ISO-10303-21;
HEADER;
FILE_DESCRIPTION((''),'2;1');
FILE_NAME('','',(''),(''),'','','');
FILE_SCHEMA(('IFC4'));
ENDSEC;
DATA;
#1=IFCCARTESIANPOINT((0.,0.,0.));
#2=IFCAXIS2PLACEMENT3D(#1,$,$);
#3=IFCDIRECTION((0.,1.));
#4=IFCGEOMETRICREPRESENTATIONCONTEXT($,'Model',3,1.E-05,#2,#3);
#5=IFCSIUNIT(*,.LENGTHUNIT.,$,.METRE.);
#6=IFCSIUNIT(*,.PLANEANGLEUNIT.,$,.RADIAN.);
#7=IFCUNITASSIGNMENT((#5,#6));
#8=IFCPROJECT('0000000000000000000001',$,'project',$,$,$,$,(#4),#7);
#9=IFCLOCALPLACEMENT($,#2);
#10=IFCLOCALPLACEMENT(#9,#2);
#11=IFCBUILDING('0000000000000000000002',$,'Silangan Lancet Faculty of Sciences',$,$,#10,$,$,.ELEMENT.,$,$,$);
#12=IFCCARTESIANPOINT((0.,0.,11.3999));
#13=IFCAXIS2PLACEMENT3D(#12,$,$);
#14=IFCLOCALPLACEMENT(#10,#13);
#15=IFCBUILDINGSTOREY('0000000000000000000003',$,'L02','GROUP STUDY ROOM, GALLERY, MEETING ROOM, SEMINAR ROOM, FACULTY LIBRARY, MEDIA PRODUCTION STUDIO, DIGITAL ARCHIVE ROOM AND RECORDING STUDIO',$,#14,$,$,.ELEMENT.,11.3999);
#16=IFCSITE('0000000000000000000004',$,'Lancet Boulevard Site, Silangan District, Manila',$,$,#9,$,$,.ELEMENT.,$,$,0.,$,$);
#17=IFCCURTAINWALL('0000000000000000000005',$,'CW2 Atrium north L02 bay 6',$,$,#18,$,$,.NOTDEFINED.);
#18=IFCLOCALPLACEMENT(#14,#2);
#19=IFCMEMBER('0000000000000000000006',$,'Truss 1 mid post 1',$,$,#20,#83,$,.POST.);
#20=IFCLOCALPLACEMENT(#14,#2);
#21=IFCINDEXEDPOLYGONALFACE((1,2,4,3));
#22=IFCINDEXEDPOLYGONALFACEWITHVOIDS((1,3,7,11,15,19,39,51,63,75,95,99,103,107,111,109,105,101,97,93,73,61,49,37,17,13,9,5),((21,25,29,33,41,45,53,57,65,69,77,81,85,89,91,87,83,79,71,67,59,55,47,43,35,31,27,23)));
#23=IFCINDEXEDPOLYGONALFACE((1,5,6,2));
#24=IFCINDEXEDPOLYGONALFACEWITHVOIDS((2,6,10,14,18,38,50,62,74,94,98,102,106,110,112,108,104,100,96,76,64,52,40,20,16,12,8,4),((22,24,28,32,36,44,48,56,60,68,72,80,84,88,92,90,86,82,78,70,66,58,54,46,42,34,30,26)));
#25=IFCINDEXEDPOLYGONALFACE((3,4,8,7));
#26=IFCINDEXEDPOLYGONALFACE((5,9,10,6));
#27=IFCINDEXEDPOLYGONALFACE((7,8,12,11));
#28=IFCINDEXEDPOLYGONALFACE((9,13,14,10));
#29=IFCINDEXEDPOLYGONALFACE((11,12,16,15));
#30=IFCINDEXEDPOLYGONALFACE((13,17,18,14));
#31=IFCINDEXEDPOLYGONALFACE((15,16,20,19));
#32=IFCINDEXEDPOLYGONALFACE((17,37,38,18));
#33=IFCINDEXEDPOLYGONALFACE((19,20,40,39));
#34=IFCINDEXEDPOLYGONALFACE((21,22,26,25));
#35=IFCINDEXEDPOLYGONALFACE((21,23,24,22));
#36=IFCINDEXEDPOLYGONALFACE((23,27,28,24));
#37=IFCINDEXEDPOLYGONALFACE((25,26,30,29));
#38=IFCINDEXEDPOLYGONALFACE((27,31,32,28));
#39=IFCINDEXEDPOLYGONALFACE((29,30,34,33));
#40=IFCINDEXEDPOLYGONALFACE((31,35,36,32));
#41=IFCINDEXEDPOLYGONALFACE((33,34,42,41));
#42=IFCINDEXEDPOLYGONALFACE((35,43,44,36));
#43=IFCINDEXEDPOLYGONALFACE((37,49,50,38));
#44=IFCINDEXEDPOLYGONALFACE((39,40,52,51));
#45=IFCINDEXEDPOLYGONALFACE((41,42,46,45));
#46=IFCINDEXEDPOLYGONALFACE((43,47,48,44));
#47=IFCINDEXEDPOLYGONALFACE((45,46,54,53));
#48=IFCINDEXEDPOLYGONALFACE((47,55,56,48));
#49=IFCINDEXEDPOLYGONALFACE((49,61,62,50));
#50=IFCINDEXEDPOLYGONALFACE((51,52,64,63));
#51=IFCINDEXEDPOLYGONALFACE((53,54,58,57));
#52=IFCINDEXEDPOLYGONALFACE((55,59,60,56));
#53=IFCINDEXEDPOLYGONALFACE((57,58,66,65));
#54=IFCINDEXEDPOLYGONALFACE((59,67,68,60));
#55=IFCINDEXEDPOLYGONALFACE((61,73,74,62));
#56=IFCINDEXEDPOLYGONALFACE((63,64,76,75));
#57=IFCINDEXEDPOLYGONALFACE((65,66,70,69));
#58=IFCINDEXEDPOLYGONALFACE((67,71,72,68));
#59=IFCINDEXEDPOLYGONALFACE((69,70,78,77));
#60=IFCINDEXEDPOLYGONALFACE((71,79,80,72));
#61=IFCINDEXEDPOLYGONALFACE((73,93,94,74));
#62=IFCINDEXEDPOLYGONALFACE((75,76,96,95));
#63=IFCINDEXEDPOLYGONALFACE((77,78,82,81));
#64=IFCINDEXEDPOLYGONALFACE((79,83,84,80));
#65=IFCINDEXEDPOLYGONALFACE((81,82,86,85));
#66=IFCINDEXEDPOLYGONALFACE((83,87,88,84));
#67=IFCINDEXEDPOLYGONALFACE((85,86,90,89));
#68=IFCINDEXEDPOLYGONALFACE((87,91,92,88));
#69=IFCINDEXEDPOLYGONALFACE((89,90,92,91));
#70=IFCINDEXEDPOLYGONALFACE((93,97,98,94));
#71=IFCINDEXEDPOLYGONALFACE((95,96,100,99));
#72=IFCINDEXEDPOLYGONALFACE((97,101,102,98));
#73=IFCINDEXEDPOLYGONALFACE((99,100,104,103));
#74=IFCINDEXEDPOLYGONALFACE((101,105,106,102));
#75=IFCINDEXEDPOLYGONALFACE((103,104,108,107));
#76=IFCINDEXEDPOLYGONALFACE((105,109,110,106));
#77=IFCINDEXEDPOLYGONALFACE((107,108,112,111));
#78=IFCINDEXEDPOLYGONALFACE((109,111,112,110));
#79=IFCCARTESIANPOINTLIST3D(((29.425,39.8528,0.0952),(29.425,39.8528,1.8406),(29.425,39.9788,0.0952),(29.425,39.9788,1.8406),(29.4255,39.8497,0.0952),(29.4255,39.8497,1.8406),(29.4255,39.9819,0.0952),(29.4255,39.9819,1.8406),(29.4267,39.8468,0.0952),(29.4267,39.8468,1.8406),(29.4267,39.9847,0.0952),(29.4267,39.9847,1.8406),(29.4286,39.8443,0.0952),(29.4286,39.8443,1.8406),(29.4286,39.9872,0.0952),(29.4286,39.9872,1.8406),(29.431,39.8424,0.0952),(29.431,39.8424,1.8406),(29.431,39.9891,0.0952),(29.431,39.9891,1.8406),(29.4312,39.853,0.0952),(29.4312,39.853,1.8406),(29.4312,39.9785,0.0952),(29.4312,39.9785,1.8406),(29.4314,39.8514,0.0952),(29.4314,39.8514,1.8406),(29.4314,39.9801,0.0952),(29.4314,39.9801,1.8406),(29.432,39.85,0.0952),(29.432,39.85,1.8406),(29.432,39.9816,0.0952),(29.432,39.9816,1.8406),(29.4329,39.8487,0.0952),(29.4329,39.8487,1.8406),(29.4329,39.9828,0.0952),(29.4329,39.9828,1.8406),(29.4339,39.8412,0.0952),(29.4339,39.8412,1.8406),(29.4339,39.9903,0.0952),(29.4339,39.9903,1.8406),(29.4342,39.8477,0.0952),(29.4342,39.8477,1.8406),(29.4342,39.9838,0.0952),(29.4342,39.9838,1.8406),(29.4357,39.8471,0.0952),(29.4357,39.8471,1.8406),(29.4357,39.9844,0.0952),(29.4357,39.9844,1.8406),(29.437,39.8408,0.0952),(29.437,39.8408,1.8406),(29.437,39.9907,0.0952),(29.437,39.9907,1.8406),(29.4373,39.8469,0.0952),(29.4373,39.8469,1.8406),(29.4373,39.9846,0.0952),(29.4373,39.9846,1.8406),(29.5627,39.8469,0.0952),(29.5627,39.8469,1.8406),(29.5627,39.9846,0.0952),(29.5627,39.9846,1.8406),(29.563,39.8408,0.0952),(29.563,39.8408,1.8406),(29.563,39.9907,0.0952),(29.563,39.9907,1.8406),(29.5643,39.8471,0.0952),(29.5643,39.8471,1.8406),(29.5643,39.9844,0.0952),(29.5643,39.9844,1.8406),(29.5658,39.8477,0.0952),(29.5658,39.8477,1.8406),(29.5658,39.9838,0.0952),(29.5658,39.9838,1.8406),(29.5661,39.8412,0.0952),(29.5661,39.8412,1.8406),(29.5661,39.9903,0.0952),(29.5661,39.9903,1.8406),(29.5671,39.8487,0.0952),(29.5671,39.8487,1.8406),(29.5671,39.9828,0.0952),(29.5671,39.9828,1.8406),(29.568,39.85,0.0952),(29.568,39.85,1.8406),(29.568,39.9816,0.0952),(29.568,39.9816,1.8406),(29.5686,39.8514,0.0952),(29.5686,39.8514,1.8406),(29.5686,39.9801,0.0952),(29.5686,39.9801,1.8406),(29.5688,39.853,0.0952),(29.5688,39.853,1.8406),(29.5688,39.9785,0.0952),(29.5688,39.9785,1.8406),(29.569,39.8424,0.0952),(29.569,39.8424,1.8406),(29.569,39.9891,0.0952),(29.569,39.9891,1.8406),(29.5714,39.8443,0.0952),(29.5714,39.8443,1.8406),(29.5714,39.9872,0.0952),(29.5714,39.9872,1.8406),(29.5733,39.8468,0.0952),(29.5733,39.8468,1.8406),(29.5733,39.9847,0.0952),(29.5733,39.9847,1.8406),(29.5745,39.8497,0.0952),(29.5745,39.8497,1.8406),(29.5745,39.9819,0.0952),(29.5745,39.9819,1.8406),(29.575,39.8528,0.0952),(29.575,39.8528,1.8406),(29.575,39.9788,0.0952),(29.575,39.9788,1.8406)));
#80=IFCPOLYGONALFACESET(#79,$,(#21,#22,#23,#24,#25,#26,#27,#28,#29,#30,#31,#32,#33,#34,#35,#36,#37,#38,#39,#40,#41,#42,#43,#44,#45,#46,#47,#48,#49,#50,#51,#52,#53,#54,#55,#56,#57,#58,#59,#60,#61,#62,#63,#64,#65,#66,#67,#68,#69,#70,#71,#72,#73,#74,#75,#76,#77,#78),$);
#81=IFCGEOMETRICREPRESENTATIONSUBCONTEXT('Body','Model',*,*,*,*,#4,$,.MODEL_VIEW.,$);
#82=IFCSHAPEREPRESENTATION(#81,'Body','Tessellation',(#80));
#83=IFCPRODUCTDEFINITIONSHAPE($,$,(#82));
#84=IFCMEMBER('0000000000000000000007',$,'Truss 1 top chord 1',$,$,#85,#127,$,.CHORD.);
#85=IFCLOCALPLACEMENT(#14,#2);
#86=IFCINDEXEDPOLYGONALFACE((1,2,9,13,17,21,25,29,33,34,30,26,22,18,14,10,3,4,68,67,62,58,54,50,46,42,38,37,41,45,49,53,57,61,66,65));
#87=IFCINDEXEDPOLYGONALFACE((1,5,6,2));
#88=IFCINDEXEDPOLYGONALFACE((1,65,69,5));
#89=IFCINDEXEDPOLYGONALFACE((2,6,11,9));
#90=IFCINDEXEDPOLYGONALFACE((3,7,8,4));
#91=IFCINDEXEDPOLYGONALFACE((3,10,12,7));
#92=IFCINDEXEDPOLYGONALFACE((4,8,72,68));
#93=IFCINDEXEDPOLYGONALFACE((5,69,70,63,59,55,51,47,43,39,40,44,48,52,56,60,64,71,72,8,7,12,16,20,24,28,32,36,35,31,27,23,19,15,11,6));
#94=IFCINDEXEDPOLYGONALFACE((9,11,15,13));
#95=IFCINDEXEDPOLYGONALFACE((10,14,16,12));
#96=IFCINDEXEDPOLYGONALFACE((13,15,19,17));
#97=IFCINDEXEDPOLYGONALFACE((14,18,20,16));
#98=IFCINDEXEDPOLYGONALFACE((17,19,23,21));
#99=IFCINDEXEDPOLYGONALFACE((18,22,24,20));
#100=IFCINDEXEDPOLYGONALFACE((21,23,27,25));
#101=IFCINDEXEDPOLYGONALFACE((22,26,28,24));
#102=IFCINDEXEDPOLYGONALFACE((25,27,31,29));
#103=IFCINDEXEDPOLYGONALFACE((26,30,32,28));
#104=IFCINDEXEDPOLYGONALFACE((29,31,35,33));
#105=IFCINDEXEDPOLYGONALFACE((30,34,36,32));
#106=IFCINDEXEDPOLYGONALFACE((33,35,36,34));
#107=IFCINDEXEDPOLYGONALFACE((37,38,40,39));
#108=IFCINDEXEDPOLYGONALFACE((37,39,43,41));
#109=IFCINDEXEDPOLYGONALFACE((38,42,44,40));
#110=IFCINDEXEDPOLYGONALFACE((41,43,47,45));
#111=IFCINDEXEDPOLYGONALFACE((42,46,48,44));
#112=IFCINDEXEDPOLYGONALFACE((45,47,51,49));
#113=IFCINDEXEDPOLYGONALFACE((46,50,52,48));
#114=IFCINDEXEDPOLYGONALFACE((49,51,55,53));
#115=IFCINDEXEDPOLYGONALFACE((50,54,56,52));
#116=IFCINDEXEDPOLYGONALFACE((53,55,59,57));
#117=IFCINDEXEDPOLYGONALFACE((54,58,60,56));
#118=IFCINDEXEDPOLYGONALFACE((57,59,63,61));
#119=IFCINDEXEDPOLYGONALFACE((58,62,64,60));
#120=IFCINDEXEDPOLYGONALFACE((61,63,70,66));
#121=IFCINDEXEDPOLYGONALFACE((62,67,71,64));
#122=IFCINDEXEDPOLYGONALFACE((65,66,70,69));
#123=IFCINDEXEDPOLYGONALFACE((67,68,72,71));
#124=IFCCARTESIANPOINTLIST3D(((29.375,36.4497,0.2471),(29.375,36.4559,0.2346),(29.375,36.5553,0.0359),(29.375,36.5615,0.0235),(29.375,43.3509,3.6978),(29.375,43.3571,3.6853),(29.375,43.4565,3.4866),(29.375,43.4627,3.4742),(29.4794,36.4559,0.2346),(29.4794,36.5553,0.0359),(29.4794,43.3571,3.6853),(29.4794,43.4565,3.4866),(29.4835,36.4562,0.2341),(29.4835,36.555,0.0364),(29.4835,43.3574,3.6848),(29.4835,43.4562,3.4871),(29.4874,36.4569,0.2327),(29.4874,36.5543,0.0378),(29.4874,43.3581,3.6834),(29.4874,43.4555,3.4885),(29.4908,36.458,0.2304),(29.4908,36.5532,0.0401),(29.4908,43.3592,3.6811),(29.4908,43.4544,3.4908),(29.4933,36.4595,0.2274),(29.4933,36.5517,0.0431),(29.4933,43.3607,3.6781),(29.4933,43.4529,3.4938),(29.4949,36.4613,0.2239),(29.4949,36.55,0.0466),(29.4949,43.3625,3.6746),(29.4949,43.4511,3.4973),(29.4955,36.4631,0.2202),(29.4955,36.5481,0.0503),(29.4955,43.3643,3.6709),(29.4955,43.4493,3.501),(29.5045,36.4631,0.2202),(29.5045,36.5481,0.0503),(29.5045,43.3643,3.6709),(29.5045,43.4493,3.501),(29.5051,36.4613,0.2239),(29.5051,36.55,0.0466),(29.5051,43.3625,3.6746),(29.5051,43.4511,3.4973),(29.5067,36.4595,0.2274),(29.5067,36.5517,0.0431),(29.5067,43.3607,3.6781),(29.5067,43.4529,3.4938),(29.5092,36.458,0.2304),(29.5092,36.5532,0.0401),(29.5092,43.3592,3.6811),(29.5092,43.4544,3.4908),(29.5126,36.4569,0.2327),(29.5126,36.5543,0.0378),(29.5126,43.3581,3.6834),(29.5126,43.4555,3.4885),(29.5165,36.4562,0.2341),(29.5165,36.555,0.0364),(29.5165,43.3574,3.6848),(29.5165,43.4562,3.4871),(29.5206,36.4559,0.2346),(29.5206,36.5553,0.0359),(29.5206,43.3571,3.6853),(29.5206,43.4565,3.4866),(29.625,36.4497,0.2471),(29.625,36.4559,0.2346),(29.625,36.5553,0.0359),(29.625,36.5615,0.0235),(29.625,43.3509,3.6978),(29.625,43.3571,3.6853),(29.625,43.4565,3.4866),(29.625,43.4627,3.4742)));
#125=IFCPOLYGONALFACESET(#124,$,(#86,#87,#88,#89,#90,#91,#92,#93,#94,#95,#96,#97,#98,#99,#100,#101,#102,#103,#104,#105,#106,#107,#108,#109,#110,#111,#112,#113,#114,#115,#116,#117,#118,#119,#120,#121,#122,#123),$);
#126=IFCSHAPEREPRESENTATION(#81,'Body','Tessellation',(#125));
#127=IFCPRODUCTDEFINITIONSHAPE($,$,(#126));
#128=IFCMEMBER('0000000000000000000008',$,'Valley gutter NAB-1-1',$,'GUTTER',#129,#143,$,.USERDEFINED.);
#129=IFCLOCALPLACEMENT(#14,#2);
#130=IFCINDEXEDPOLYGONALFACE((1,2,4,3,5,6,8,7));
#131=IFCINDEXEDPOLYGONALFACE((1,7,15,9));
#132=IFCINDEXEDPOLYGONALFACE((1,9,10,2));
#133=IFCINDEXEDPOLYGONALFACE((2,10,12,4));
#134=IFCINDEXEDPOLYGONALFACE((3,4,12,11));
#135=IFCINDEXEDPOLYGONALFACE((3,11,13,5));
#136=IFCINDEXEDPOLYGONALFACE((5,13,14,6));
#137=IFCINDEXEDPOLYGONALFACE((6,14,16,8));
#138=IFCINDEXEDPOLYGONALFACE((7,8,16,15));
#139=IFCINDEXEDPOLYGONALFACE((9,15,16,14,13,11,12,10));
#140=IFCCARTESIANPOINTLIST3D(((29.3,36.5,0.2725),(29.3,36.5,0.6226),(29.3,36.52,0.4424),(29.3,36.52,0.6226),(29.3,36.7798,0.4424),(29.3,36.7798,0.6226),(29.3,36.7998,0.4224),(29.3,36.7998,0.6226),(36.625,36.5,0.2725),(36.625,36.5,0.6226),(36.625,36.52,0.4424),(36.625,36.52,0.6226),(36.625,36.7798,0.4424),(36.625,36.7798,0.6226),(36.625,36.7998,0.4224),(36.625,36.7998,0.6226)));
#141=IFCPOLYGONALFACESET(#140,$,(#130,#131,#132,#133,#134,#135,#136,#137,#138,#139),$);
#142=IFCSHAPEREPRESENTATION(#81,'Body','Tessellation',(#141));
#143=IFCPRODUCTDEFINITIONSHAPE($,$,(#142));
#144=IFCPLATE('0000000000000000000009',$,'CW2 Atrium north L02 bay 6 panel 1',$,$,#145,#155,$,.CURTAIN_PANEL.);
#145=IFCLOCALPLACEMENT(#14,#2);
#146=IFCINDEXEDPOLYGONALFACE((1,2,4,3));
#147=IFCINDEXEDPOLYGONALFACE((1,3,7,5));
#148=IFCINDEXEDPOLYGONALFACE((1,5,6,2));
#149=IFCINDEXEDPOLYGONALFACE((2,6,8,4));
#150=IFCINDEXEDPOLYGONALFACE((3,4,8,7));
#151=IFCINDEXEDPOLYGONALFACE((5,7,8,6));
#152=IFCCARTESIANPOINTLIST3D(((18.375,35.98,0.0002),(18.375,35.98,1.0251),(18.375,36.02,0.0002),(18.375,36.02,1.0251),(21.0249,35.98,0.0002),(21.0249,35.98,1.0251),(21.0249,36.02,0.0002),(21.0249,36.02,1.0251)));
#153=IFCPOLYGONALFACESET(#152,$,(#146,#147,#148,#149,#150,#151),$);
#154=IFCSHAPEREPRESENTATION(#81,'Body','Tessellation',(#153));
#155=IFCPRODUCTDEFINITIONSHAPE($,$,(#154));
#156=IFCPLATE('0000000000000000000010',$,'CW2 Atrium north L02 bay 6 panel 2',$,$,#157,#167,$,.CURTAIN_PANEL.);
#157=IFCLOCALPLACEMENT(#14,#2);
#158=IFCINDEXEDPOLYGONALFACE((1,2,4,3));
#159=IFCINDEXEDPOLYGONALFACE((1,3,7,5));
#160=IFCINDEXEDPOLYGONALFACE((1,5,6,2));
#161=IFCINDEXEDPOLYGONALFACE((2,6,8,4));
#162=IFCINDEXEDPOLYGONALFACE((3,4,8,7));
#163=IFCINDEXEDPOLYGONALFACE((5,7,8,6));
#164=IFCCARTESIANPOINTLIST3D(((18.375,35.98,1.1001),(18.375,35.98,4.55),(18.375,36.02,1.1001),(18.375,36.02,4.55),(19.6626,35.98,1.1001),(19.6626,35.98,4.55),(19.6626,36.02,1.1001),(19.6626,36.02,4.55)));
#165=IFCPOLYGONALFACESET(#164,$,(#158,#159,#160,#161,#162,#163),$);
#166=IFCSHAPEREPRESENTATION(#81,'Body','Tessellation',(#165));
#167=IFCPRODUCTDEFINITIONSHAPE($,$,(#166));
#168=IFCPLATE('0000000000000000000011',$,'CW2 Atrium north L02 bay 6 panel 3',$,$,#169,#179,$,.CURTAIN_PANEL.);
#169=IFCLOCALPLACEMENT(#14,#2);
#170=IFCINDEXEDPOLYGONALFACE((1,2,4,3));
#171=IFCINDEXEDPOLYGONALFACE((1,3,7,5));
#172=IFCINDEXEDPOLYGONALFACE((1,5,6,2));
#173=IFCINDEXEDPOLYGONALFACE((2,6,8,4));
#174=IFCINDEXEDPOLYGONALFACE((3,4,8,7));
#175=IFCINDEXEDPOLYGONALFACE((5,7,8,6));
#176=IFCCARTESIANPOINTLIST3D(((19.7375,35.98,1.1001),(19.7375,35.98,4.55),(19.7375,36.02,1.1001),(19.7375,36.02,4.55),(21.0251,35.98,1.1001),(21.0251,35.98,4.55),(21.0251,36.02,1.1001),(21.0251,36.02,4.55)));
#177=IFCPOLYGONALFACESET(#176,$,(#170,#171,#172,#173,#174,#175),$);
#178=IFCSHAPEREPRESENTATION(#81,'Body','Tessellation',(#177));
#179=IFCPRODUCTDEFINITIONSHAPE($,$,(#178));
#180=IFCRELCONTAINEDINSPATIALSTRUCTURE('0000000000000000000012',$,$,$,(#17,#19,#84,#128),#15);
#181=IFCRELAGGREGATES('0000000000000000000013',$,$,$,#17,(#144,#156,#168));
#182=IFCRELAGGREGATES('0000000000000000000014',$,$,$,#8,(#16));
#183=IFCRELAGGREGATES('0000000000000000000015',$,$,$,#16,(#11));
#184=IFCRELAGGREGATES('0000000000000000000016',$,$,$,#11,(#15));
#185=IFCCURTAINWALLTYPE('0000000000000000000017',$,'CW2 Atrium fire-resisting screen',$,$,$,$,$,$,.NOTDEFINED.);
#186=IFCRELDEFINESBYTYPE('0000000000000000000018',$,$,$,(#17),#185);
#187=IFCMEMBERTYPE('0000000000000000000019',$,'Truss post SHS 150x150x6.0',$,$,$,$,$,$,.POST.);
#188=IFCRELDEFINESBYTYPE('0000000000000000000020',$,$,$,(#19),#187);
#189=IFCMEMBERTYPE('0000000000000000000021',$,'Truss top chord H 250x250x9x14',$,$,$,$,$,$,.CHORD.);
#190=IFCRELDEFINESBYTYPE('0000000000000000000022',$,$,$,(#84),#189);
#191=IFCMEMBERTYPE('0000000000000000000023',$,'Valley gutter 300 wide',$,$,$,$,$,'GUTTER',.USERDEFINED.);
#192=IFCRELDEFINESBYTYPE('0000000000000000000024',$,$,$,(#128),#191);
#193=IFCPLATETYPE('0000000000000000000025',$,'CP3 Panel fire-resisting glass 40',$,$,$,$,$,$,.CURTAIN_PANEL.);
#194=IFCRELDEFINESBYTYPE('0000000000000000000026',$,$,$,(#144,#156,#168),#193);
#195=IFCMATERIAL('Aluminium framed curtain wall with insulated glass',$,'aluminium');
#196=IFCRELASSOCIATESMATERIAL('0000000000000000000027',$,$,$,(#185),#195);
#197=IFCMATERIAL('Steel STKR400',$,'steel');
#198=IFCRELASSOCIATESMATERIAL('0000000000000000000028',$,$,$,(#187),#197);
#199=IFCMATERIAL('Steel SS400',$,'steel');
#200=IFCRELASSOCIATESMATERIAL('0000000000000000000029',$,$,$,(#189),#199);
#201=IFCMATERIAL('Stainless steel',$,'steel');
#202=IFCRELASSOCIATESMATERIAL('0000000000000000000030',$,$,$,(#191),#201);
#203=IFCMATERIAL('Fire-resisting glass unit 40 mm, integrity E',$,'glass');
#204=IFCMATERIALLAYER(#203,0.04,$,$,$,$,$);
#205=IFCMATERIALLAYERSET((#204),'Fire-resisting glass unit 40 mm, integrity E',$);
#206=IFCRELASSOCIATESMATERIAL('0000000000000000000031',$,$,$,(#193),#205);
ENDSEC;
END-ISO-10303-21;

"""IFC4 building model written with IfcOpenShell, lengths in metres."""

from ifc_helpers import new_model, si_unit, direction, frame, origin, origin_2d, place, context, subcontext, project, spatial, polyline, rectangle, hollow_rectangle, i_section, outline, extrude, material, layer, layer_set, material_profile, profile_set, type_object, element, aggregate, save


model = new_model("IFC4")

# Units and contexts
model_context = context("Model", 3, precision=1e-05, world=origin(), true_north=direction((0.0, 1.0)))
body_context = subcontext(model_context, "Body", "Model", "MODEL_VIEW")
ifc_project = project(units=[si_unit("LENGTHUNIT", "METRE"), si_unit("PLANEANGLEUNIT", "RADIAN")], contexts=[model_context])

# Site, building, storey
site_placement = place(None, origin())
site = spatial("IfcSite", under=ifc_project, at=site_placement, Name="Lancet Boulevard Site, Silangan District, Manila", CompositionType="ELEMENT", RefElevation=0.0)
building_placement = place(site_placement, origin())
building = spatial("IfcBuilding", under=site, at=building_placement, Name="Silangan Lancet Faculty of Sciences", CompositionType="ELEMENT")
storey_placement = place(building_placement, frame((0.0, 0.0, 11.3999)))
storey = spatial("IfcBuildingStorey", under=building, at=storey_placement, Name="L02", Description="GROUP STUDY ROOM, GALLERY, MEETING ROOM, SEMINAR ROOM, FACULTY LIBRARY, MEDIA PRODUCTION STUDIO, DIGITAL ARCHIVE ROOM AND RECORDING STUDIO", CompositionType="ELEMENT", Elevation=11.3999)

# Curtain wall
ifc_material_1 = material(Name="Aluminium framed curtain wall with insulated glass", Category="aluminium")
curtain_wall_type_1 = type_object("IfcCurtainWallType", Name="CW2 Atrium fire-resisting screen", PredefinedType="NOTDEFINED", material=ifc_material_1)
curtain_wall_1_placement = place(storey_placement, origin())
curtain_wall_1 = element("IfcCurtainWall", 1, at=curtain_wall_1_placement, inside=storey, type_object=curtain_wall_type_1, Name="CW2 Atrium north L02 bay 6", PredefinedType="NOTDEFINED")

# Members
ifc_material_2 = material(Name="Steel STKR400", Category="steel")
ifc_material_profile_1 = material_profile(ifc_material_2, hollow_rectangle(XDim=0.1499, YDim=0.1499, WallThickness=0.0061, InnerFilletRadius=0.0061, OuterFilletRadius=0.012, at=origin_2d()), Name="SHS 150x150x6.0")
ifc_profile_set_1 = profile_set([ifc_material_profile_1], Name="Steel STKR400")
member_type_1 = type_object("IfcMemberType", Name="Truss post SHS 150x150x6.0", PredefinedType="POST", material=ifc_profile_set_1)
member_1_placement = place(storey_placement, frame((29.5, 39.9158, 0.0952), z_axis=(0.0, 0.0, 1.0), x_axis=(1.0, 0.0, 0.0)))
element("IfcMember", 2, at=member_1_placement, inside=storey, type_object=member_type_1, Name="Truss 1 mid post 1", PredefinedType="POST", context=body_context, shape_type="SweptSolid", body=[
    extrude(hollow_rectangle(XDim=0.1499, YDim=0.1499, WallThickness=0.0061, InnerFilletRadius=0.0061, OuterFilletRadius=0.012, at=origin_2d()), origin(), (0.0, 0.0, 1.0), 1.7454),
])
ifc_material_3 = material(Name="Steel SS400", Category="steel")
ifc_material_profile_2 = material_profile(ifc_material_3, i_section(OverallWidth=0.25, OverallDepth=0.25, WebThickness=0.009, FlangeThickness=0.0139, FilletRadius=0.0161, at=origin_2d()), Name="H 250x250x9x14")
ifc_profile_set_2 = profile_set([ifc_material_profile_2], Name="Steel SS400")
member_type_2 = type_object("IfcMemberType", Name="Truss top chord H 250x250x9x14", PredefinedType="CHORD", material=ifc_profile_set_2)
member_2_placement = place(storey_placement, frame((29.5, 36.5056, 0.1353), z_axis=(0.0, 0.894421, 0.447226), x_axis=(-1.0, 0.0, 0.0)))
element("IfcMember", 3, at=member_2_placement, inside=storey, type_object=member_type_2, Name="Truss 1 top chord 1", PredefinedType="CHORD", context=body_context, shape_type="SweptSolid", body=[
    extrude(i_section(OverallWidth=0.25, OverallDepth=0.25, WebThickness=0.009, FlangeThickness=0.0139, FilletRadius=0.0161, at=origin_2d()), origin(), (0.0, 0.0, 1.0), 7.7158),
])
ifc_material_4 = material(Name="Stainless steel", Category="steel")
ifc_material_profile_3 = material_profile(ifc_material_4, outline(polyline([(-0.1499, 0.0), (0.1499, 0.1499), (0.1499, 0.3501), (0.1299, 0.3501), (0.1299, 0.1699), (-0.1299, 0.1699), (-0.1299, 0.3501), (-0.1499, 0.3501), (-0.1499, 0.0)])), Name="valley gutter")
ifc_profile_set_3 = profile_set([ifc_material_profile_3], Name="Stainless steel")
member_type_3 = type_object("IfcMemberType", Name="Valley gutter 300 wide", ElementType="GUTTER", PredefinedType="USERDEFINED", material=ifc_profile_set_3)
member_3_placement = place(storey_placement, frame((29.3, 36.6499, 0.2725), z_axis=(1.0, 0.0, 0.0), x_axis=(0.0, 1.0, 0.0)))
element("IfcMember", 4, at=member_3_placement, inside=storey, type_object=member_type_3, Name="Valley gutter NAB-1-1", ObjectType="GUTTER", PredefinedType="USERDEFINED", context=body_context, shape_type="SweptSolid", body=[
    extrude(outline(polyline([(-0.1499, 0.0), (0.1499, 0.1499), (0.1499, 0.3501), (0.1299, 0.3501), (0.1299, 0.1699), (-0.1299, 0.1699), (-0.1299, 0.3501), (-0.1499, 0.3501), (-0.1499, 0.0)])), origin(), (0.0, 0.0, 1.0), 7.325),
])

# Plates
ifc_material_5 = material(Name="Fire-resisting glass unit 40 mm, integrity E", Category="glass")
ifc_layer_1 = layer(ifc_material_5, 0.04)
ifc_layer_set_1 = layer_set([ifc_layer_1], Name="Fire-resisting glass unit 40 mm, integrity E")
plate_type = type_object("IfcPlateType", Name="CP3 Panel fire-resisting glass 40", PredefinedType="CURTAIN_PANEL", material=ifc_layer_set_1)
plate_1_placement = place(storey_placement, frame((19.7, 36.0, 0.0002), z_axis=(0.0, 0.0, 1.0), x_axis=(1.0, 0.0, 0.0)))
plate_1 = element("IfcPlate", 5, at=plate_1_placement, type_object=plate_type, Name="CW2 Atrium north L02 bay 6 panel 1", PredefinedType="CURTAIN_PANEL", context=body_context, shape_type="SweptSolid", body=[
    extrude(rectangle(XDim=2.6499, YDim=0.04, at=origin_2d()), origin(), (0.0, 0.0, 1.0), 1.0249),
])
plate_2_placement = place(storey_placement, frame((19.0188, 36.0, 1.1001), z_axis=(0.0, 0.0, 1.0), x_axis=(1.0, 0.0, 0.0)))
plate_2 = element("IfcPlate", 6, at=plate_2_placement, type_object=plate_type, Name="CW2 Atrium north L02 bay 6 panel 2", PredefinedType="CURTAIN_PANEL", context=body_context, shape_type="SweptSolid", body=[
    extrude(rectangle(XDim=1.2876, YDim=0.04, at=origin_2d()), origin(), (0.0, 0.0, 1.0), 3.45),
])
plate_3_placement = place(storey_placement, frame((20.3813, 36.0, 1.1001), z_axis=(0.0, 0.0, 1.0), x_axis=(1.0, 0.0, 0.0)))
plate_3 = element("IfcPlate", 7, at=plate_3_placement, type_object=plate_type, Name="CW2 Atrium north L02 bay 6 panel 3", PredefinedType="CURTAIN_PANEL", context=body_context, shape_type="SweptSolid", body=[
    extrude(rectangle(XDim=1.2876, YDim=0.04, at=origin_2d()), origin(), (0.0, 0.0, 1.0), 3.45),
])
aggregate(curtain_wall_1, [plate_1, plate_2, plate_3])

save(model, "model.ifc")
